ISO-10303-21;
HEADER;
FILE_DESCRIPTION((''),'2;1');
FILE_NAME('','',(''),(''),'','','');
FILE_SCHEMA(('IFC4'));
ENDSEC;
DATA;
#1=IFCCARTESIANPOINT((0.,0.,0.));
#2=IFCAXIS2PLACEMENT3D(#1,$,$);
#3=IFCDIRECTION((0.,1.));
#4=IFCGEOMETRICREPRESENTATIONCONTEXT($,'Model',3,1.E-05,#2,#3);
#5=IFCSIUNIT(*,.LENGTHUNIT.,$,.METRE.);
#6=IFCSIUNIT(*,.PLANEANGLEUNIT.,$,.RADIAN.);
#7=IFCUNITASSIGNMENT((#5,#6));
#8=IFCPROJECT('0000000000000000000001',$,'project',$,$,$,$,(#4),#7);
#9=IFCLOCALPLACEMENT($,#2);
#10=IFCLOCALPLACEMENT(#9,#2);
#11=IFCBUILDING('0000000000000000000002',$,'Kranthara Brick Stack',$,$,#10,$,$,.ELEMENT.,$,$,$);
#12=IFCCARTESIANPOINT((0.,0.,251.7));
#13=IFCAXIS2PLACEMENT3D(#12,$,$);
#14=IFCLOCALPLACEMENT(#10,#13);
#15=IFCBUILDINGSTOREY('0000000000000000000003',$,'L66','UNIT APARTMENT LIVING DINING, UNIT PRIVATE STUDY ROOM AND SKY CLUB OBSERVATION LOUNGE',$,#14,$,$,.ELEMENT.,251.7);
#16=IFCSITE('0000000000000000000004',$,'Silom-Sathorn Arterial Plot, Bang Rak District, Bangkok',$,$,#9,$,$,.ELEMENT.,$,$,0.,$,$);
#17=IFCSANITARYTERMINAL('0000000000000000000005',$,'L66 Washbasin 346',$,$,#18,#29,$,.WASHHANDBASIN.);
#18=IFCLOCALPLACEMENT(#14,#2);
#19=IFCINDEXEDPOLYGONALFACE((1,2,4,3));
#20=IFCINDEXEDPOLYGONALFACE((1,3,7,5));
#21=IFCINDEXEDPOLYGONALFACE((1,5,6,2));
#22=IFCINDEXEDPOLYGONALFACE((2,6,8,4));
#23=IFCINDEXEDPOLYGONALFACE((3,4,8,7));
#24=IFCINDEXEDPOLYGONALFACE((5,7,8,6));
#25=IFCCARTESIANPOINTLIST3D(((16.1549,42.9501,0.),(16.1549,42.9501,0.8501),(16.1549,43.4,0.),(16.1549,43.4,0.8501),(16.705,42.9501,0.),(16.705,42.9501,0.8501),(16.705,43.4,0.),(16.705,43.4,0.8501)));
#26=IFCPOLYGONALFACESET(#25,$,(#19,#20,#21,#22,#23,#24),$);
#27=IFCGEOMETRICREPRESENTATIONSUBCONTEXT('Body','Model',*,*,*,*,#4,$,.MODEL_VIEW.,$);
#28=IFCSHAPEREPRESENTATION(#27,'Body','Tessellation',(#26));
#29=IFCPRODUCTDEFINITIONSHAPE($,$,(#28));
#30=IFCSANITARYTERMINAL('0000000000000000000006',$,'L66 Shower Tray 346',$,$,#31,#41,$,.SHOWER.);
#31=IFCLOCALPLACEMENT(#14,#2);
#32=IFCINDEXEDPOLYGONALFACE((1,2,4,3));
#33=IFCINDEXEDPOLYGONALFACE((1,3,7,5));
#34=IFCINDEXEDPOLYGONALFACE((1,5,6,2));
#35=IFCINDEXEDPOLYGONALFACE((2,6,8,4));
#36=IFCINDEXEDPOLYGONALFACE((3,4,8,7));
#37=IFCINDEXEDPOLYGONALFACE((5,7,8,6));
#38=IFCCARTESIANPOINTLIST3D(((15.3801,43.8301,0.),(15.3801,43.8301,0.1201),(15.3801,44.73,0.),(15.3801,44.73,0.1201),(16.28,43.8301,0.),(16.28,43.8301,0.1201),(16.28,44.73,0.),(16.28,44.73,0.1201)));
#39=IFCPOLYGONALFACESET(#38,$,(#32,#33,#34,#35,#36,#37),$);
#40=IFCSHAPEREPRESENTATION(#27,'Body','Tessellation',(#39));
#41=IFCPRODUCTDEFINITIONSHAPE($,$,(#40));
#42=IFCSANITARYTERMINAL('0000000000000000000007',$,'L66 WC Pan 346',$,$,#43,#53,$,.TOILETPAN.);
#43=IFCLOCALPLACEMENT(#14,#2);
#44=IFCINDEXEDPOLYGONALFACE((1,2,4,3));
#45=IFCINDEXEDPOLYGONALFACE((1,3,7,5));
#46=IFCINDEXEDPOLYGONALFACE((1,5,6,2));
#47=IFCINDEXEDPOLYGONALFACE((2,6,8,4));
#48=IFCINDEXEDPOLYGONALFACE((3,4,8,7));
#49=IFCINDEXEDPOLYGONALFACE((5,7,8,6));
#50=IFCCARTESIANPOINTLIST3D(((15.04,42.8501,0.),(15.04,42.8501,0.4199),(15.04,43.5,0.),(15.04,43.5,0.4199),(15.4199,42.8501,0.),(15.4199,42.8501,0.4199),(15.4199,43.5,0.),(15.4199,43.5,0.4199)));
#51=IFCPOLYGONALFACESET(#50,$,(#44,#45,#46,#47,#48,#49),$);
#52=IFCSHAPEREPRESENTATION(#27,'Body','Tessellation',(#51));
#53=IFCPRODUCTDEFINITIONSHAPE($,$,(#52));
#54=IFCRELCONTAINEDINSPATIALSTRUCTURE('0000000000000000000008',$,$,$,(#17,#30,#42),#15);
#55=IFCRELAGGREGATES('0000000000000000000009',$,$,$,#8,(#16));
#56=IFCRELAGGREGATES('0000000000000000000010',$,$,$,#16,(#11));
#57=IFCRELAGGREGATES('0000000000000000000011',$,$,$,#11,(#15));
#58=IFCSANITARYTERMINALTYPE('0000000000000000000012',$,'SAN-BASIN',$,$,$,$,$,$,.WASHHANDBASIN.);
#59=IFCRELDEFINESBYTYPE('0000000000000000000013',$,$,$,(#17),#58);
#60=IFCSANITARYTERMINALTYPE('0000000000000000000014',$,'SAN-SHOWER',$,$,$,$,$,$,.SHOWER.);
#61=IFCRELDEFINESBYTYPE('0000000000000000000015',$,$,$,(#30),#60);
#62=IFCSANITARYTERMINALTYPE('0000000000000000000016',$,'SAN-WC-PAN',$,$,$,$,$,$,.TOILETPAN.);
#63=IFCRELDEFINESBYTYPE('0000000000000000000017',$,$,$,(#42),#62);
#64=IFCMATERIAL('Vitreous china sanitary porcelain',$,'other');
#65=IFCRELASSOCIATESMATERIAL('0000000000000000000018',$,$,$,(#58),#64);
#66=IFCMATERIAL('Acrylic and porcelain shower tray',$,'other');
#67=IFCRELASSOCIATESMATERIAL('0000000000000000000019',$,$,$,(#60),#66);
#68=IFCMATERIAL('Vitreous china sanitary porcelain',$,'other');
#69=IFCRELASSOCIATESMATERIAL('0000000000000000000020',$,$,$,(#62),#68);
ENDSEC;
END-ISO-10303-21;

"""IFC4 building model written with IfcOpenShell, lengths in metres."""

from ifc_helpers import new_model, si_unit, direction, frame, origin, origin_2d, place, context, subcontext, project, spatial, rectangle, extrude, material, type_object, element, save


model = new_model("IFC4")

# Units and contexts
model_context = context("Model", 3, precision=1e-05, world=origin(), true_north=direction((0.0, 1.0)))
body_context = subcontext(model_context, "Body", "Model", "MODEL_VIEW")
ifc_project = project(units=[si_unit("LENGTHUNIT", "METRE"), si_unit("PLANEANGLEUNIT", "RADIAN")], contexts=[model_context])

# Site, building, storey
site_placement = place(None, origin())
site = spatial("IfcSite", under=ifc_project, at=site_placement, Name="Silom-Sathorn Arterial Plot, Bang Rak District, Bangkok", CompositionType="ELEMENT", RefElevation=0.0)
building_placement = place(site_placement, origin())
building = spatial("IfcBuilding", under=site, at=building_placement, Name="Kranthara Brick Stack", CompositionType="ELEMENT")
storey_placement = place(building_placement, frame((0.0, 0.0, 251.7)))
storey = spatial("IfcBuildingStorey", under=building, at=storey_placement, Name="L66", Description="UNIT APARTMENT LIVING DINING, UNIT PRIVATE STUDY ROOM AND SKY CLUB OBSERVATION LOUNGE", CompositionType="ELEMENT", Elevation=251.7)

# Sanitary terminals
ifc_material_1 = material(Name="Vitreous china sanitary porcelain", Category="other")
sanitary_terminal_type_1 = type_object("IfcSanitaryTerminalType", Name="SAN-BASIN", PredefinedType="WASHHANDBASIN", material=ifc_material_1)
sanitary_terminal_1_placement = place(storey_placement, frame((16.4299, 43.175, 0.0), z_axis=(0.0, 0.0, 1.0), x_axis=(1.0, 0.0, 0.0)))
element("IfcSanitaryTerminal", 1, at=sanitary_terminal_1_placement, inside=storey, type_object=sanitary_terminal_type_1, Name="L66 Washbasin 346", PredefinedType="WASHHANDBASIN", context=body_context, shape_type="SweptSolid", body=[
    extrude(rectangle(XDim=0.55, YDim=0.45, at=origin_2d()), origin(), (0.0, 0.0, 1.0), 0.8501),
])
ifc_material_2 = material(Name="Acrylic and porcelain shower tray", Category="other")
sanitary_terminal_type_2 = type_object("IfcSanitaryTerminalType", Name="SAN-SHOWER", PredefinedType="SHOWER", material=ifc_material_2)
sanitary_terminal_2_placement = place(storey_placement, frame((15.8301, 44.28, 0.0), z_axis=(0.0, 0.0, 1.0), x_axis=(1.0, 0.0, 0.0)))
element("IfcSanitaryTerminal", 2, at=sanitary_terminal_2_placement, inside=storey, type_object=sanitary_terminal_type_2, Name="L66 Shower Tray 346", PredefinedType="SHOWER", context=body_context, shape_type="SweptSolid", body=[
    extrude(rectangle(XDim=0.8999, YDim=0.8999, at=origin_2d()), origin(), (0.0, 0.0, 1.0), 0.1201),
])
ifc_material_3 = material(Name="Vitreous china sanitary porcelain", Category="other")
sanitary_terminal_type_3 = type_object("IfcSanitaryTerminalType", Name="SAN-WC-PAN", PredefinedType="TOILETPAN", material=ifc_material_3)
sanitary_terminal_3_placement = place(storey_placement, frame((15.23, 43.175, 0.0), z_axis=(0.0, 0.0, 1.0), x_axis=(1.0, 0.0, 0.0)))
element("IfcSanitaryTerminal", 3, at=sanitary_terminal_3_placement, inside=storey, type_object=sanitary_terminal_type_3, Name="L66 WC Pan 346", PredefinedType="TOILETPAN", context=body_context, shape_type="SweptSolid", body=[
    extrude(rectangle(XDim=0.3799, YDim=0.6499, at=origin_2d()), origin(), (0.0, 0.0, 1.0), 0.4199),
])

save(model, "model.ifc")
